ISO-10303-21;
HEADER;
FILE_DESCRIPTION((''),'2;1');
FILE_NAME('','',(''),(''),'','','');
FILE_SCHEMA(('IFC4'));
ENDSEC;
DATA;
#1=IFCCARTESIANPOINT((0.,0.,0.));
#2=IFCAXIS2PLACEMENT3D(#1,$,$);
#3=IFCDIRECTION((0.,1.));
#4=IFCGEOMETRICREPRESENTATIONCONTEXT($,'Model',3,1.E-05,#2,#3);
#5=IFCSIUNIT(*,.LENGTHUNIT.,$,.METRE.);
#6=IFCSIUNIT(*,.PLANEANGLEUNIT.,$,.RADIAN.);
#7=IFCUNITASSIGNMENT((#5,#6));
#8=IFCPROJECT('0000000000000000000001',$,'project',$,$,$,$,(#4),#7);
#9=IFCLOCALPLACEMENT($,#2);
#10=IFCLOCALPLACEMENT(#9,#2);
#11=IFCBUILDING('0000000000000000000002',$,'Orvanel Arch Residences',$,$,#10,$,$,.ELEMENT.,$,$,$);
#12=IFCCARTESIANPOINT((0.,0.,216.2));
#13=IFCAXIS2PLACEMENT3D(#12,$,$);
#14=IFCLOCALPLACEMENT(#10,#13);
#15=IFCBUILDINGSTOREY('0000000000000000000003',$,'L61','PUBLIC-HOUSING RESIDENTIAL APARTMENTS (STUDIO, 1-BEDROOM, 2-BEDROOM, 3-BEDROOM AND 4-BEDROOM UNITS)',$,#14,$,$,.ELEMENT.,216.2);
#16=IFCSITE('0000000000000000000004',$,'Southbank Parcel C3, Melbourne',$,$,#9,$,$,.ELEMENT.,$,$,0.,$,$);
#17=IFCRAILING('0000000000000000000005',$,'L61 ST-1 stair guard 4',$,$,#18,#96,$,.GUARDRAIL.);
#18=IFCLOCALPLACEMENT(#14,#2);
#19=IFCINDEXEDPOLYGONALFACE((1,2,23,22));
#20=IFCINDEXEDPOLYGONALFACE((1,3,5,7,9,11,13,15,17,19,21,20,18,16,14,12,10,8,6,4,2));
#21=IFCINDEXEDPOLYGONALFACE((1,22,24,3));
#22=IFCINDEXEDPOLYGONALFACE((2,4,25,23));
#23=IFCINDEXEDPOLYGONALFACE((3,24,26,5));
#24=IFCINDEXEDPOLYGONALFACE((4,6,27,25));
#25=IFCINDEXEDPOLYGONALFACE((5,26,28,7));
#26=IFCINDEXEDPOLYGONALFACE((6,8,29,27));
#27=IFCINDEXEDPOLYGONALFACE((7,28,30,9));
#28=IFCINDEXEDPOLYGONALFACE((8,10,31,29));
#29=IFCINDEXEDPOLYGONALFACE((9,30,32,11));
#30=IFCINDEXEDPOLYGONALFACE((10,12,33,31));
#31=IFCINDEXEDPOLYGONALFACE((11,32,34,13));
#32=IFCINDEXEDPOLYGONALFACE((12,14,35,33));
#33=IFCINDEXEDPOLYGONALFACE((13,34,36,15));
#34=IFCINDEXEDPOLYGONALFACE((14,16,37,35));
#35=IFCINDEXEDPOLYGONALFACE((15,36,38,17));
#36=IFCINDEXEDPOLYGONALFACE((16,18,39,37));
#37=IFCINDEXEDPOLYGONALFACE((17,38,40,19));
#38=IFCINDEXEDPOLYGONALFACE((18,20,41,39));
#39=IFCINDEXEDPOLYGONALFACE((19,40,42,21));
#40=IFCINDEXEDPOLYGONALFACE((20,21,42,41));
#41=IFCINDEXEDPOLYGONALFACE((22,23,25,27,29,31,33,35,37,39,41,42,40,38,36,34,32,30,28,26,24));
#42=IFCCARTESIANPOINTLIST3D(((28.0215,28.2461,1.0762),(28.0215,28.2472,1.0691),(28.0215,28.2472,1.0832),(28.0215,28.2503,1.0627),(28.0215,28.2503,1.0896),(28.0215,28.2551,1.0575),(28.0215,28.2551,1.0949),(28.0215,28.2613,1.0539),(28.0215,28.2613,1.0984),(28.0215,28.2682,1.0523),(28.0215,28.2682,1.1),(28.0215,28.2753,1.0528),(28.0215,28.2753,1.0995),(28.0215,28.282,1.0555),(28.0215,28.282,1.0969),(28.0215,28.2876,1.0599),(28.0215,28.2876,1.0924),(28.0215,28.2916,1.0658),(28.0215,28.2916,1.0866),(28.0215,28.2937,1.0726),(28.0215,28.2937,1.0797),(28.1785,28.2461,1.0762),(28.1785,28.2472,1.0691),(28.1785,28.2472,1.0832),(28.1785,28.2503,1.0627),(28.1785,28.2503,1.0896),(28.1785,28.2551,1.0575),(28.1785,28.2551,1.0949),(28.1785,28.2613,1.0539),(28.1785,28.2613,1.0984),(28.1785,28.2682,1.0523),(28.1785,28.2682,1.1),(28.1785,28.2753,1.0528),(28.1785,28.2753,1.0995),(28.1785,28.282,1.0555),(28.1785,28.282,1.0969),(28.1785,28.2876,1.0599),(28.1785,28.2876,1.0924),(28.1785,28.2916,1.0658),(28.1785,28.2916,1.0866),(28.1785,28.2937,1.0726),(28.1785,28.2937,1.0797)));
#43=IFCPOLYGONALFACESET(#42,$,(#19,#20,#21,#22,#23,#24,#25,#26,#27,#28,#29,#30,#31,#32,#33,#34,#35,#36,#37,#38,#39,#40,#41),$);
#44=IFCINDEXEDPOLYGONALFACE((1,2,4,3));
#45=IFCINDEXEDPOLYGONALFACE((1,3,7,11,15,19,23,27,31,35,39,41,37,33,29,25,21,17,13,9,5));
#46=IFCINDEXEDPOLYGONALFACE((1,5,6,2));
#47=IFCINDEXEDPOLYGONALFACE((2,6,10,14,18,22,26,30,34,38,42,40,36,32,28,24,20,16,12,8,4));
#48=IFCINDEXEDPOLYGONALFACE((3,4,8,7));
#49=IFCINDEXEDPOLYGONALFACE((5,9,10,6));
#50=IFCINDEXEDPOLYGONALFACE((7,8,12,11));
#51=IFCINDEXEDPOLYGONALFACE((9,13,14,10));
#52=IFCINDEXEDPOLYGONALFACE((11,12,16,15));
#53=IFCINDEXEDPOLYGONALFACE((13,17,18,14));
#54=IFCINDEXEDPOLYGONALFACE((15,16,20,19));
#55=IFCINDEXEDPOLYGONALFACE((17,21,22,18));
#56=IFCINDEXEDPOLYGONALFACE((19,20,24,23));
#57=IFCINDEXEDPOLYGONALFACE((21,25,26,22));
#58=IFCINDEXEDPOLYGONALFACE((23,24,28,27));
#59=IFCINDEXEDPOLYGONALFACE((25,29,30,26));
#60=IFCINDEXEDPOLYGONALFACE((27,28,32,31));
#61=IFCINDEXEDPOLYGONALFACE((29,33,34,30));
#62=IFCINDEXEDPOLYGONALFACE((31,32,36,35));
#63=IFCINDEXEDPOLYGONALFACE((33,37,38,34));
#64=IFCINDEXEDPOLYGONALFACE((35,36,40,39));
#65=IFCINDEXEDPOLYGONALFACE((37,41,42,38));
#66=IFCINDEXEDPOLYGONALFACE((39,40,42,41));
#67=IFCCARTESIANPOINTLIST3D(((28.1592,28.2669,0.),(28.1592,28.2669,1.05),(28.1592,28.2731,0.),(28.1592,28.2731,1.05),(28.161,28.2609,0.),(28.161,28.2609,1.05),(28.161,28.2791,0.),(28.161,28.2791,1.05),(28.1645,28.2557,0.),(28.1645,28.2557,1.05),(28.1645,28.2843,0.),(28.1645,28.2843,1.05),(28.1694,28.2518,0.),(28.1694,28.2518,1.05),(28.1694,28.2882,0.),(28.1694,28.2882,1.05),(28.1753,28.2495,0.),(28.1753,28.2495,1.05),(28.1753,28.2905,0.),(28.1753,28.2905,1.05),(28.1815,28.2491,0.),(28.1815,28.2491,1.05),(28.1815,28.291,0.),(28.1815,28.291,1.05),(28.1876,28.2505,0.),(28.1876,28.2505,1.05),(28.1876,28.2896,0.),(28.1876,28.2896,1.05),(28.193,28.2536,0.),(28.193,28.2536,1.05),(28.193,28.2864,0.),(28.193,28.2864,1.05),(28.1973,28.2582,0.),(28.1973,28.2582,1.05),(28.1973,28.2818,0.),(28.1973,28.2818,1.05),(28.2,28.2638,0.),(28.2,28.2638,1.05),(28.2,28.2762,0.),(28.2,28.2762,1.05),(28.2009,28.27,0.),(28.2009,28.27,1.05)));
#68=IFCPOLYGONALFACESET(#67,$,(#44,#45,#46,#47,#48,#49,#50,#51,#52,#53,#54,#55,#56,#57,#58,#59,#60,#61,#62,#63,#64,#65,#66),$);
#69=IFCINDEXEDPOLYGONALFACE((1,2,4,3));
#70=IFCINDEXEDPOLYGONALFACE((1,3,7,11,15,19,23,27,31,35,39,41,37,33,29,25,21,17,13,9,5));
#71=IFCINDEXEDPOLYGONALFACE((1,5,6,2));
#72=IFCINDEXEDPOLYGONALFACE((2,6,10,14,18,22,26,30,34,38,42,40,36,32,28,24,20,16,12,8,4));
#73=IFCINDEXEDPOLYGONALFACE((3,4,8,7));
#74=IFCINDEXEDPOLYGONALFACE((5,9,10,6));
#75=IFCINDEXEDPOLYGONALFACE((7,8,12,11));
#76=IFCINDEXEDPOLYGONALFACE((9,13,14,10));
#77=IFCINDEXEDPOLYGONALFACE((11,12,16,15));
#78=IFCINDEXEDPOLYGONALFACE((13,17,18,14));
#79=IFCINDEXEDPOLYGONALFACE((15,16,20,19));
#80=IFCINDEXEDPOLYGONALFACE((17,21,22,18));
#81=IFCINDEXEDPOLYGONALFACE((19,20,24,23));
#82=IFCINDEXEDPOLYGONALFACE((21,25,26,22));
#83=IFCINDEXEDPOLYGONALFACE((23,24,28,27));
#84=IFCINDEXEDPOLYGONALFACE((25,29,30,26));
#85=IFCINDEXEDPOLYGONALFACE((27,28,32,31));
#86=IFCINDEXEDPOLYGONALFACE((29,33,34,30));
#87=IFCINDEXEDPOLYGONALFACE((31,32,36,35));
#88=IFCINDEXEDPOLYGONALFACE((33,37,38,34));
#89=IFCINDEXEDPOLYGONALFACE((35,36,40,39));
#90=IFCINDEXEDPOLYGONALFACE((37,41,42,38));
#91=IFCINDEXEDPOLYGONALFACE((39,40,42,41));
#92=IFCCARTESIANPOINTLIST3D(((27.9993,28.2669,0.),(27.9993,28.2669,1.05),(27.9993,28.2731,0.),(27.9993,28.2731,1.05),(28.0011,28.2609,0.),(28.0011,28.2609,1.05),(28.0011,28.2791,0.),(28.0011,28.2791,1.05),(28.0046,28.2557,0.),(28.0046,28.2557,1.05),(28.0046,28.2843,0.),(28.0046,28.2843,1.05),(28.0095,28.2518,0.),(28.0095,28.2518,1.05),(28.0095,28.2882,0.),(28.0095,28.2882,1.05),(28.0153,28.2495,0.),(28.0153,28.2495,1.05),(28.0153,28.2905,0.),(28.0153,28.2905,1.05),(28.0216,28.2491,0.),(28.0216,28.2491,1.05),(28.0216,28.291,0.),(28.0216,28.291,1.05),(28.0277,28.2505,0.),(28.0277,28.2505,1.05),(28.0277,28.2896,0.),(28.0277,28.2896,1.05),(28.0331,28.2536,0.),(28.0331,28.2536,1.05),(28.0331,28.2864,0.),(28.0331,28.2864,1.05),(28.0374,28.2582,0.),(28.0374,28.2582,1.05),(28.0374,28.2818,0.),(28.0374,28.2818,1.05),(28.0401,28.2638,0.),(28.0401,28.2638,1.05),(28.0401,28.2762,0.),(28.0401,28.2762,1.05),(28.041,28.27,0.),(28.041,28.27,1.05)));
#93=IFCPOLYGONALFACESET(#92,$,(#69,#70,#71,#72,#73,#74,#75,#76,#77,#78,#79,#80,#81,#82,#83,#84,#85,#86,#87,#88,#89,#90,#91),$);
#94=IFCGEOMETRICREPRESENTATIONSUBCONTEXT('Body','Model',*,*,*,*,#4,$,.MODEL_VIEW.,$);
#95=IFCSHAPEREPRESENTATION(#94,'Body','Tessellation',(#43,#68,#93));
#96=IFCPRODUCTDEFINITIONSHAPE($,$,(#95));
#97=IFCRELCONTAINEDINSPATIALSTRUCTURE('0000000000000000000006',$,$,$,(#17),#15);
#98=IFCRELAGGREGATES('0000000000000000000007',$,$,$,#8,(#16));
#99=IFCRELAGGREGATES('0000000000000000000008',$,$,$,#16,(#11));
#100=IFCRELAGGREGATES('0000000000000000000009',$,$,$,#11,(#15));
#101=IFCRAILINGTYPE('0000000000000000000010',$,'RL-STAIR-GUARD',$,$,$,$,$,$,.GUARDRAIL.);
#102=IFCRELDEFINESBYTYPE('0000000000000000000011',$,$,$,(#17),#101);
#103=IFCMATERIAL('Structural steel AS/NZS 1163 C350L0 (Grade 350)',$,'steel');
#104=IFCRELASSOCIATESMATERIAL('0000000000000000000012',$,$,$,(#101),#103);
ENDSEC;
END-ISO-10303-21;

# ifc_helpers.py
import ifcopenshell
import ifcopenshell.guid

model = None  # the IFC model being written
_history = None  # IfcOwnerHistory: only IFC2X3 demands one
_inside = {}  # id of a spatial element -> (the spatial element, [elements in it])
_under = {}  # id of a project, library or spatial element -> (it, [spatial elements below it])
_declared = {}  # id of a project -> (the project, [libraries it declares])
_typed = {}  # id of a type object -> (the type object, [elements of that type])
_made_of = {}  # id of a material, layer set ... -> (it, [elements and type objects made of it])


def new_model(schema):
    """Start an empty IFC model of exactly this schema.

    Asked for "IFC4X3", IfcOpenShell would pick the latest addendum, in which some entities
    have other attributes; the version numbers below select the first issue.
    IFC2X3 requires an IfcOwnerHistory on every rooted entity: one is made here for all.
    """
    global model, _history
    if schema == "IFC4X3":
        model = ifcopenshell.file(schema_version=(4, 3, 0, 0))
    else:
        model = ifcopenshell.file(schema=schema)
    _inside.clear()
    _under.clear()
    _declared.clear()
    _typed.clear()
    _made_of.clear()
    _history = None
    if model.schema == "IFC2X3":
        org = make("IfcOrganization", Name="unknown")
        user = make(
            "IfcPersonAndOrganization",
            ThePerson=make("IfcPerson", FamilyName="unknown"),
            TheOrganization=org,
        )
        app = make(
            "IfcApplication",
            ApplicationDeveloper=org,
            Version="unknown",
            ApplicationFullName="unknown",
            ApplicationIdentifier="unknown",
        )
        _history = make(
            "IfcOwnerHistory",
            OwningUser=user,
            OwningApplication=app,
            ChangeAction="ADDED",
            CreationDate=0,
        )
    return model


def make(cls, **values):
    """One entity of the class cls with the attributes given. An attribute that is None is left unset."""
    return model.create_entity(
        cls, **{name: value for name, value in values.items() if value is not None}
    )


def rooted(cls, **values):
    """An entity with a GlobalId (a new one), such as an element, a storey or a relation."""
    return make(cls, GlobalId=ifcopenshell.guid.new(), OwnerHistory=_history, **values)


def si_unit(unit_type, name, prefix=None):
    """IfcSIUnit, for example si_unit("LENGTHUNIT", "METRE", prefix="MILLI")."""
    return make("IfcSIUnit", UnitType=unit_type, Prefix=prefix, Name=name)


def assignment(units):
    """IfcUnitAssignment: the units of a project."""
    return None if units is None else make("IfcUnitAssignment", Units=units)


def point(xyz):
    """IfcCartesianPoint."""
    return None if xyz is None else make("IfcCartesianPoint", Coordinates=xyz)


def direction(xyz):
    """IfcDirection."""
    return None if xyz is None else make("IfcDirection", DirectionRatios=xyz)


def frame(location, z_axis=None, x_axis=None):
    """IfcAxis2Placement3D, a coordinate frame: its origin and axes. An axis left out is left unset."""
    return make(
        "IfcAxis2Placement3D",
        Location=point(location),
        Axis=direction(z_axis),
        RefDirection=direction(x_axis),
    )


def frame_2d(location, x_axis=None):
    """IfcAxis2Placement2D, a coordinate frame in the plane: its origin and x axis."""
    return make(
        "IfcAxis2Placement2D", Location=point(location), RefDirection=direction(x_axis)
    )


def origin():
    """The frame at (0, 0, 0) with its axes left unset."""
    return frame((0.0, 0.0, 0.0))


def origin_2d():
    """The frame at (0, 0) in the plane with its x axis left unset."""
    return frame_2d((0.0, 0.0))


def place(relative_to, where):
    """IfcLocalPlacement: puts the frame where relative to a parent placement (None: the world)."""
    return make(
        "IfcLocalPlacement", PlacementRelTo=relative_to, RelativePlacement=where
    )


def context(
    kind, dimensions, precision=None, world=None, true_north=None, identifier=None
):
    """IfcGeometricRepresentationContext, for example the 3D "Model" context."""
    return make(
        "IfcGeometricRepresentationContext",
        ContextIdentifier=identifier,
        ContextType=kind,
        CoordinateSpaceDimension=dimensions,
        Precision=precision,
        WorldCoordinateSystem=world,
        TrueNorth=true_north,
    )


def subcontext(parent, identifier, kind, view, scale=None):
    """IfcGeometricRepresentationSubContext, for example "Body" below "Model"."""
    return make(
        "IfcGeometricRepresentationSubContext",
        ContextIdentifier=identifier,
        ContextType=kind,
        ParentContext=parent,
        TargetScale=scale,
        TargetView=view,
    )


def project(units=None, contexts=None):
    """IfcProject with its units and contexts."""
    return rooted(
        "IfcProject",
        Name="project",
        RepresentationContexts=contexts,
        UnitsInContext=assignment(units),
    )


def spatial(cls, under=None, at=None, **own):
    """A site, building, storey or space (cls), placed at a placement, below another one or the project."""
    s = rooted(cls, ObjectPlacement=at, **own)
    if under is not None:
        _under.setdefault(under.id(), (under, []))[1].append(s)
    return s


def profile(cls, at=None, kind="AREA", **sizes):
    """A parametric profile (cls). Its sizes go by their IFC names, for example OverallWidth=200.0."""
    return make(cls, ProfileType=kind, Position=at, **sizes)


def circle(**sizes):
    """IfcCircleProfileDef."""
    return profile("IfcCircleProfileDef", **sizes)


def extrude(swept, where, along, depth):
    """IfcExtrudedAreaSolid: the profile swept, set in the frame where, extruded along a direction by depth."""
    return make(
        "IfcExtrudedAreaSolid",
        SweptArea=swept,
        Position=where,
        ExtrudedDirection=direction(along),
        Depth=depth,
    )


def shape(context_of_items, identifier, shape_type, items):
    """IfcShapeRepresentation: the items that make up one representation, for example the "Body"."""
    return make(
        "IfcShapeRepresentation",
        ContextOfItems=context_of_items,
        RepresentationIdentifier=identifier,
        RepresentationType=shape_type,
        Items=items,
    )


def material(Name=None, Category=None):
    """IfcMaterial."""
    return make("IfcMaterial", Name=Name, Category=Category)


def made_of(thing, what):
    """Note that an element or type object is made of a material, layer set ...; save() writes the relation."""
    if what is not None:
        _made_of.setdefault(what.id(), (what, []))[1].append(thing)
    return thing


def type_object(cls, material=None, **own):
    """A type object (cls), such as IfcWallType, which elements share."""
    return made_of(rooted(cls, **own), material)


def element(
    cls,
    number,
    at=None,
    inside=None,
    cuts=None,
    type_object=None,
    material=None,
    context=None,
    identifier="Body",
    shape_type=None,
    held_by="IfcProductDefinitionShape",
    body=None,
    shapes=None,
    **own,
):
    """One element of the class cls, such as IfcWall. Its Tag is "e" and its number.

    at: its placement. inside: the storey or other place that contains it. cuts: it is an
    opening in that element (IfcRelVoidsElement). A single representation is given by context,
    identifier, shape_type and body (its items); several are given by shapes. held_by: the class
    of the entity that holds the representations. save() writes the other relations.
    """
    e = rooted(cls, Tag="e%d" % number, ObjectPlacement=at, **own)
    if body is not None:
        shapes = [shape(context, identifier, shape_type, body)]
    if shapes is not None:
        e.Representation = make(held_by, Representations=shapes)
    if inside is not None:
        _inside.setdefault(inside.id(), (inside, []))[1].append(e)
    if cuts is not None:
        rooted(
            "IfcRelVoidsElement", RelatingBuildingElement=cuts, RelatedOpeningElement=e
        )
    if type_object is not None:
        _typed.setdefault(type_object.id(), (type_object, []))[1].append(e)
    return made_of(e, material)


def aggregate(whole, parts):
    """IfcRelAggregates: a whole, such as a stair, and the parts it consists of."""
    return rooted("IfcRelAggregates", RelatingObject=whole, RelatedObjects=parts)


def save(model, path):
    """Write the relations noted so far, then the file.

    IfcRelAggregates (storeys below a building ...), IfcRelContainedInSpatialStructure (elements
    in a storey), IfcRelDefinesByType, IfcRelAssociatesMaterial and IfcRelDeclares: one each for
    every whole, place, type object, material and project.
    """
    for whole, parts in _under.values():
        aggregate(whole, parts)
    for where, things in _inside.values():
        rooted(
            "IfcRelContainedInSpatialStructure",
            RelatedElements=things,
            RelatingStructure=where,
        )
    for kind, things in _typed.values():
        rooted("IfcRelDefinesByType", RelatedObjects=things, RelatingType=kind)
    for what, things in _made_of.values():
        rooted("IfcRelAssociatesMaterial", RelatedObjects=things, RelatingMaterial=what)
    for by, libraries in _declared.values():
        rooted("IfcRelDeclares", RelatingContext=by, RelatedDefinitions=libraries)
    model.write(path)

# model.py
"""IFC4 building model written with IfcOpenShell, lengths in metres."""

from ifc_helpers import new_model, si_unit, direction, frame, origin, origin_2d, place, context, subcontext, project, spatial, circle, extrude, material, type_object, element, save


model = new_model("IFC4")

# Units and contexts
model_context = context("Model", 3, precision=1e-05, world=origin(), true_north=direction((0.0, 1.0)))
body_context = subcontext(model_context, "Body", "Model", "MODEL_VIEW")
ifc_project = project(units=[si_unit("LENGTHUNIT", "METRE"), si_unit("PLANEANGLEUNIT", "RADIAN")], contexts=[model_context])

# Site, building, storey
site_placement = place(None, origin())
site = spatial("IfcSite", under=ifc_project, at=site_placement, Name="Southbank Parcel C3, Melbourne", CompositionType="ELEMENT", RefElevation=0.0)
building_placement = place(site_placement, origin())
building = spatial("IfcBuilding", under=site, at=building_placement, Name="Orvanel Arch Residences", CompositionType="ELEMENT")
storey_placement = place(building_placement, frame((0.0, 0.0, 216.2)))
storey = spatial("IfcBuildingStorey", under=building, at=storey_placement, Name="L61", Description="PUBLIC-HOUSING RESIDENTIAL APARTMENTS (STUDIO, 1-BEDROOM, 2-BEDROOM, 3-BEDROOM AND 4-BEDROOM UNITS)", CompositionType="ELEMENT", Elevation=216.2)

# Railing
ifc_material_1 = material(Name="Structural steel AS/NZS 1163 C350L0 (Grade 350)", Category="steel")
railing_type_1 = type_object("IfcRailingType", Name="RL-STAIR-GUARD", PredefinedType="GUARDRAIL", material=ifc_material_1)
railing_1_placement = place(storey_placement, frame((28.1799, 28.27, 0.0)))
element("IfcRailing", 1, at=railing_1_placement, inside=storey, type_object=railing_type_1, Name="L61 ST-1 stair guard 4", PredefinedType="GUARDRAIL", context=body_context, shape_type="SweptSolid", body=[
    extrude(circle(Radius=0.0239, at=origin_2d()), frame((-0.0015, 0.0, 1.0762), z_axis=(-1.0, 0.0, 0.0), x_axis=(0.0, -1.0, 0.0)), (0.0, 0.0, 1.0), 0.157),
    extrude(circle(Radius=0.021, at=origin_2d()), origin(), (0.0, 0.0, 1.0), 1.05),
    extrude(circle(Radius=0.021, at=origin_2d()), frame((-0.1599, 0.0, 0.0)), (0.0, 0.0, 1.0), 1.05),
])

save(model, "model.ifc")
